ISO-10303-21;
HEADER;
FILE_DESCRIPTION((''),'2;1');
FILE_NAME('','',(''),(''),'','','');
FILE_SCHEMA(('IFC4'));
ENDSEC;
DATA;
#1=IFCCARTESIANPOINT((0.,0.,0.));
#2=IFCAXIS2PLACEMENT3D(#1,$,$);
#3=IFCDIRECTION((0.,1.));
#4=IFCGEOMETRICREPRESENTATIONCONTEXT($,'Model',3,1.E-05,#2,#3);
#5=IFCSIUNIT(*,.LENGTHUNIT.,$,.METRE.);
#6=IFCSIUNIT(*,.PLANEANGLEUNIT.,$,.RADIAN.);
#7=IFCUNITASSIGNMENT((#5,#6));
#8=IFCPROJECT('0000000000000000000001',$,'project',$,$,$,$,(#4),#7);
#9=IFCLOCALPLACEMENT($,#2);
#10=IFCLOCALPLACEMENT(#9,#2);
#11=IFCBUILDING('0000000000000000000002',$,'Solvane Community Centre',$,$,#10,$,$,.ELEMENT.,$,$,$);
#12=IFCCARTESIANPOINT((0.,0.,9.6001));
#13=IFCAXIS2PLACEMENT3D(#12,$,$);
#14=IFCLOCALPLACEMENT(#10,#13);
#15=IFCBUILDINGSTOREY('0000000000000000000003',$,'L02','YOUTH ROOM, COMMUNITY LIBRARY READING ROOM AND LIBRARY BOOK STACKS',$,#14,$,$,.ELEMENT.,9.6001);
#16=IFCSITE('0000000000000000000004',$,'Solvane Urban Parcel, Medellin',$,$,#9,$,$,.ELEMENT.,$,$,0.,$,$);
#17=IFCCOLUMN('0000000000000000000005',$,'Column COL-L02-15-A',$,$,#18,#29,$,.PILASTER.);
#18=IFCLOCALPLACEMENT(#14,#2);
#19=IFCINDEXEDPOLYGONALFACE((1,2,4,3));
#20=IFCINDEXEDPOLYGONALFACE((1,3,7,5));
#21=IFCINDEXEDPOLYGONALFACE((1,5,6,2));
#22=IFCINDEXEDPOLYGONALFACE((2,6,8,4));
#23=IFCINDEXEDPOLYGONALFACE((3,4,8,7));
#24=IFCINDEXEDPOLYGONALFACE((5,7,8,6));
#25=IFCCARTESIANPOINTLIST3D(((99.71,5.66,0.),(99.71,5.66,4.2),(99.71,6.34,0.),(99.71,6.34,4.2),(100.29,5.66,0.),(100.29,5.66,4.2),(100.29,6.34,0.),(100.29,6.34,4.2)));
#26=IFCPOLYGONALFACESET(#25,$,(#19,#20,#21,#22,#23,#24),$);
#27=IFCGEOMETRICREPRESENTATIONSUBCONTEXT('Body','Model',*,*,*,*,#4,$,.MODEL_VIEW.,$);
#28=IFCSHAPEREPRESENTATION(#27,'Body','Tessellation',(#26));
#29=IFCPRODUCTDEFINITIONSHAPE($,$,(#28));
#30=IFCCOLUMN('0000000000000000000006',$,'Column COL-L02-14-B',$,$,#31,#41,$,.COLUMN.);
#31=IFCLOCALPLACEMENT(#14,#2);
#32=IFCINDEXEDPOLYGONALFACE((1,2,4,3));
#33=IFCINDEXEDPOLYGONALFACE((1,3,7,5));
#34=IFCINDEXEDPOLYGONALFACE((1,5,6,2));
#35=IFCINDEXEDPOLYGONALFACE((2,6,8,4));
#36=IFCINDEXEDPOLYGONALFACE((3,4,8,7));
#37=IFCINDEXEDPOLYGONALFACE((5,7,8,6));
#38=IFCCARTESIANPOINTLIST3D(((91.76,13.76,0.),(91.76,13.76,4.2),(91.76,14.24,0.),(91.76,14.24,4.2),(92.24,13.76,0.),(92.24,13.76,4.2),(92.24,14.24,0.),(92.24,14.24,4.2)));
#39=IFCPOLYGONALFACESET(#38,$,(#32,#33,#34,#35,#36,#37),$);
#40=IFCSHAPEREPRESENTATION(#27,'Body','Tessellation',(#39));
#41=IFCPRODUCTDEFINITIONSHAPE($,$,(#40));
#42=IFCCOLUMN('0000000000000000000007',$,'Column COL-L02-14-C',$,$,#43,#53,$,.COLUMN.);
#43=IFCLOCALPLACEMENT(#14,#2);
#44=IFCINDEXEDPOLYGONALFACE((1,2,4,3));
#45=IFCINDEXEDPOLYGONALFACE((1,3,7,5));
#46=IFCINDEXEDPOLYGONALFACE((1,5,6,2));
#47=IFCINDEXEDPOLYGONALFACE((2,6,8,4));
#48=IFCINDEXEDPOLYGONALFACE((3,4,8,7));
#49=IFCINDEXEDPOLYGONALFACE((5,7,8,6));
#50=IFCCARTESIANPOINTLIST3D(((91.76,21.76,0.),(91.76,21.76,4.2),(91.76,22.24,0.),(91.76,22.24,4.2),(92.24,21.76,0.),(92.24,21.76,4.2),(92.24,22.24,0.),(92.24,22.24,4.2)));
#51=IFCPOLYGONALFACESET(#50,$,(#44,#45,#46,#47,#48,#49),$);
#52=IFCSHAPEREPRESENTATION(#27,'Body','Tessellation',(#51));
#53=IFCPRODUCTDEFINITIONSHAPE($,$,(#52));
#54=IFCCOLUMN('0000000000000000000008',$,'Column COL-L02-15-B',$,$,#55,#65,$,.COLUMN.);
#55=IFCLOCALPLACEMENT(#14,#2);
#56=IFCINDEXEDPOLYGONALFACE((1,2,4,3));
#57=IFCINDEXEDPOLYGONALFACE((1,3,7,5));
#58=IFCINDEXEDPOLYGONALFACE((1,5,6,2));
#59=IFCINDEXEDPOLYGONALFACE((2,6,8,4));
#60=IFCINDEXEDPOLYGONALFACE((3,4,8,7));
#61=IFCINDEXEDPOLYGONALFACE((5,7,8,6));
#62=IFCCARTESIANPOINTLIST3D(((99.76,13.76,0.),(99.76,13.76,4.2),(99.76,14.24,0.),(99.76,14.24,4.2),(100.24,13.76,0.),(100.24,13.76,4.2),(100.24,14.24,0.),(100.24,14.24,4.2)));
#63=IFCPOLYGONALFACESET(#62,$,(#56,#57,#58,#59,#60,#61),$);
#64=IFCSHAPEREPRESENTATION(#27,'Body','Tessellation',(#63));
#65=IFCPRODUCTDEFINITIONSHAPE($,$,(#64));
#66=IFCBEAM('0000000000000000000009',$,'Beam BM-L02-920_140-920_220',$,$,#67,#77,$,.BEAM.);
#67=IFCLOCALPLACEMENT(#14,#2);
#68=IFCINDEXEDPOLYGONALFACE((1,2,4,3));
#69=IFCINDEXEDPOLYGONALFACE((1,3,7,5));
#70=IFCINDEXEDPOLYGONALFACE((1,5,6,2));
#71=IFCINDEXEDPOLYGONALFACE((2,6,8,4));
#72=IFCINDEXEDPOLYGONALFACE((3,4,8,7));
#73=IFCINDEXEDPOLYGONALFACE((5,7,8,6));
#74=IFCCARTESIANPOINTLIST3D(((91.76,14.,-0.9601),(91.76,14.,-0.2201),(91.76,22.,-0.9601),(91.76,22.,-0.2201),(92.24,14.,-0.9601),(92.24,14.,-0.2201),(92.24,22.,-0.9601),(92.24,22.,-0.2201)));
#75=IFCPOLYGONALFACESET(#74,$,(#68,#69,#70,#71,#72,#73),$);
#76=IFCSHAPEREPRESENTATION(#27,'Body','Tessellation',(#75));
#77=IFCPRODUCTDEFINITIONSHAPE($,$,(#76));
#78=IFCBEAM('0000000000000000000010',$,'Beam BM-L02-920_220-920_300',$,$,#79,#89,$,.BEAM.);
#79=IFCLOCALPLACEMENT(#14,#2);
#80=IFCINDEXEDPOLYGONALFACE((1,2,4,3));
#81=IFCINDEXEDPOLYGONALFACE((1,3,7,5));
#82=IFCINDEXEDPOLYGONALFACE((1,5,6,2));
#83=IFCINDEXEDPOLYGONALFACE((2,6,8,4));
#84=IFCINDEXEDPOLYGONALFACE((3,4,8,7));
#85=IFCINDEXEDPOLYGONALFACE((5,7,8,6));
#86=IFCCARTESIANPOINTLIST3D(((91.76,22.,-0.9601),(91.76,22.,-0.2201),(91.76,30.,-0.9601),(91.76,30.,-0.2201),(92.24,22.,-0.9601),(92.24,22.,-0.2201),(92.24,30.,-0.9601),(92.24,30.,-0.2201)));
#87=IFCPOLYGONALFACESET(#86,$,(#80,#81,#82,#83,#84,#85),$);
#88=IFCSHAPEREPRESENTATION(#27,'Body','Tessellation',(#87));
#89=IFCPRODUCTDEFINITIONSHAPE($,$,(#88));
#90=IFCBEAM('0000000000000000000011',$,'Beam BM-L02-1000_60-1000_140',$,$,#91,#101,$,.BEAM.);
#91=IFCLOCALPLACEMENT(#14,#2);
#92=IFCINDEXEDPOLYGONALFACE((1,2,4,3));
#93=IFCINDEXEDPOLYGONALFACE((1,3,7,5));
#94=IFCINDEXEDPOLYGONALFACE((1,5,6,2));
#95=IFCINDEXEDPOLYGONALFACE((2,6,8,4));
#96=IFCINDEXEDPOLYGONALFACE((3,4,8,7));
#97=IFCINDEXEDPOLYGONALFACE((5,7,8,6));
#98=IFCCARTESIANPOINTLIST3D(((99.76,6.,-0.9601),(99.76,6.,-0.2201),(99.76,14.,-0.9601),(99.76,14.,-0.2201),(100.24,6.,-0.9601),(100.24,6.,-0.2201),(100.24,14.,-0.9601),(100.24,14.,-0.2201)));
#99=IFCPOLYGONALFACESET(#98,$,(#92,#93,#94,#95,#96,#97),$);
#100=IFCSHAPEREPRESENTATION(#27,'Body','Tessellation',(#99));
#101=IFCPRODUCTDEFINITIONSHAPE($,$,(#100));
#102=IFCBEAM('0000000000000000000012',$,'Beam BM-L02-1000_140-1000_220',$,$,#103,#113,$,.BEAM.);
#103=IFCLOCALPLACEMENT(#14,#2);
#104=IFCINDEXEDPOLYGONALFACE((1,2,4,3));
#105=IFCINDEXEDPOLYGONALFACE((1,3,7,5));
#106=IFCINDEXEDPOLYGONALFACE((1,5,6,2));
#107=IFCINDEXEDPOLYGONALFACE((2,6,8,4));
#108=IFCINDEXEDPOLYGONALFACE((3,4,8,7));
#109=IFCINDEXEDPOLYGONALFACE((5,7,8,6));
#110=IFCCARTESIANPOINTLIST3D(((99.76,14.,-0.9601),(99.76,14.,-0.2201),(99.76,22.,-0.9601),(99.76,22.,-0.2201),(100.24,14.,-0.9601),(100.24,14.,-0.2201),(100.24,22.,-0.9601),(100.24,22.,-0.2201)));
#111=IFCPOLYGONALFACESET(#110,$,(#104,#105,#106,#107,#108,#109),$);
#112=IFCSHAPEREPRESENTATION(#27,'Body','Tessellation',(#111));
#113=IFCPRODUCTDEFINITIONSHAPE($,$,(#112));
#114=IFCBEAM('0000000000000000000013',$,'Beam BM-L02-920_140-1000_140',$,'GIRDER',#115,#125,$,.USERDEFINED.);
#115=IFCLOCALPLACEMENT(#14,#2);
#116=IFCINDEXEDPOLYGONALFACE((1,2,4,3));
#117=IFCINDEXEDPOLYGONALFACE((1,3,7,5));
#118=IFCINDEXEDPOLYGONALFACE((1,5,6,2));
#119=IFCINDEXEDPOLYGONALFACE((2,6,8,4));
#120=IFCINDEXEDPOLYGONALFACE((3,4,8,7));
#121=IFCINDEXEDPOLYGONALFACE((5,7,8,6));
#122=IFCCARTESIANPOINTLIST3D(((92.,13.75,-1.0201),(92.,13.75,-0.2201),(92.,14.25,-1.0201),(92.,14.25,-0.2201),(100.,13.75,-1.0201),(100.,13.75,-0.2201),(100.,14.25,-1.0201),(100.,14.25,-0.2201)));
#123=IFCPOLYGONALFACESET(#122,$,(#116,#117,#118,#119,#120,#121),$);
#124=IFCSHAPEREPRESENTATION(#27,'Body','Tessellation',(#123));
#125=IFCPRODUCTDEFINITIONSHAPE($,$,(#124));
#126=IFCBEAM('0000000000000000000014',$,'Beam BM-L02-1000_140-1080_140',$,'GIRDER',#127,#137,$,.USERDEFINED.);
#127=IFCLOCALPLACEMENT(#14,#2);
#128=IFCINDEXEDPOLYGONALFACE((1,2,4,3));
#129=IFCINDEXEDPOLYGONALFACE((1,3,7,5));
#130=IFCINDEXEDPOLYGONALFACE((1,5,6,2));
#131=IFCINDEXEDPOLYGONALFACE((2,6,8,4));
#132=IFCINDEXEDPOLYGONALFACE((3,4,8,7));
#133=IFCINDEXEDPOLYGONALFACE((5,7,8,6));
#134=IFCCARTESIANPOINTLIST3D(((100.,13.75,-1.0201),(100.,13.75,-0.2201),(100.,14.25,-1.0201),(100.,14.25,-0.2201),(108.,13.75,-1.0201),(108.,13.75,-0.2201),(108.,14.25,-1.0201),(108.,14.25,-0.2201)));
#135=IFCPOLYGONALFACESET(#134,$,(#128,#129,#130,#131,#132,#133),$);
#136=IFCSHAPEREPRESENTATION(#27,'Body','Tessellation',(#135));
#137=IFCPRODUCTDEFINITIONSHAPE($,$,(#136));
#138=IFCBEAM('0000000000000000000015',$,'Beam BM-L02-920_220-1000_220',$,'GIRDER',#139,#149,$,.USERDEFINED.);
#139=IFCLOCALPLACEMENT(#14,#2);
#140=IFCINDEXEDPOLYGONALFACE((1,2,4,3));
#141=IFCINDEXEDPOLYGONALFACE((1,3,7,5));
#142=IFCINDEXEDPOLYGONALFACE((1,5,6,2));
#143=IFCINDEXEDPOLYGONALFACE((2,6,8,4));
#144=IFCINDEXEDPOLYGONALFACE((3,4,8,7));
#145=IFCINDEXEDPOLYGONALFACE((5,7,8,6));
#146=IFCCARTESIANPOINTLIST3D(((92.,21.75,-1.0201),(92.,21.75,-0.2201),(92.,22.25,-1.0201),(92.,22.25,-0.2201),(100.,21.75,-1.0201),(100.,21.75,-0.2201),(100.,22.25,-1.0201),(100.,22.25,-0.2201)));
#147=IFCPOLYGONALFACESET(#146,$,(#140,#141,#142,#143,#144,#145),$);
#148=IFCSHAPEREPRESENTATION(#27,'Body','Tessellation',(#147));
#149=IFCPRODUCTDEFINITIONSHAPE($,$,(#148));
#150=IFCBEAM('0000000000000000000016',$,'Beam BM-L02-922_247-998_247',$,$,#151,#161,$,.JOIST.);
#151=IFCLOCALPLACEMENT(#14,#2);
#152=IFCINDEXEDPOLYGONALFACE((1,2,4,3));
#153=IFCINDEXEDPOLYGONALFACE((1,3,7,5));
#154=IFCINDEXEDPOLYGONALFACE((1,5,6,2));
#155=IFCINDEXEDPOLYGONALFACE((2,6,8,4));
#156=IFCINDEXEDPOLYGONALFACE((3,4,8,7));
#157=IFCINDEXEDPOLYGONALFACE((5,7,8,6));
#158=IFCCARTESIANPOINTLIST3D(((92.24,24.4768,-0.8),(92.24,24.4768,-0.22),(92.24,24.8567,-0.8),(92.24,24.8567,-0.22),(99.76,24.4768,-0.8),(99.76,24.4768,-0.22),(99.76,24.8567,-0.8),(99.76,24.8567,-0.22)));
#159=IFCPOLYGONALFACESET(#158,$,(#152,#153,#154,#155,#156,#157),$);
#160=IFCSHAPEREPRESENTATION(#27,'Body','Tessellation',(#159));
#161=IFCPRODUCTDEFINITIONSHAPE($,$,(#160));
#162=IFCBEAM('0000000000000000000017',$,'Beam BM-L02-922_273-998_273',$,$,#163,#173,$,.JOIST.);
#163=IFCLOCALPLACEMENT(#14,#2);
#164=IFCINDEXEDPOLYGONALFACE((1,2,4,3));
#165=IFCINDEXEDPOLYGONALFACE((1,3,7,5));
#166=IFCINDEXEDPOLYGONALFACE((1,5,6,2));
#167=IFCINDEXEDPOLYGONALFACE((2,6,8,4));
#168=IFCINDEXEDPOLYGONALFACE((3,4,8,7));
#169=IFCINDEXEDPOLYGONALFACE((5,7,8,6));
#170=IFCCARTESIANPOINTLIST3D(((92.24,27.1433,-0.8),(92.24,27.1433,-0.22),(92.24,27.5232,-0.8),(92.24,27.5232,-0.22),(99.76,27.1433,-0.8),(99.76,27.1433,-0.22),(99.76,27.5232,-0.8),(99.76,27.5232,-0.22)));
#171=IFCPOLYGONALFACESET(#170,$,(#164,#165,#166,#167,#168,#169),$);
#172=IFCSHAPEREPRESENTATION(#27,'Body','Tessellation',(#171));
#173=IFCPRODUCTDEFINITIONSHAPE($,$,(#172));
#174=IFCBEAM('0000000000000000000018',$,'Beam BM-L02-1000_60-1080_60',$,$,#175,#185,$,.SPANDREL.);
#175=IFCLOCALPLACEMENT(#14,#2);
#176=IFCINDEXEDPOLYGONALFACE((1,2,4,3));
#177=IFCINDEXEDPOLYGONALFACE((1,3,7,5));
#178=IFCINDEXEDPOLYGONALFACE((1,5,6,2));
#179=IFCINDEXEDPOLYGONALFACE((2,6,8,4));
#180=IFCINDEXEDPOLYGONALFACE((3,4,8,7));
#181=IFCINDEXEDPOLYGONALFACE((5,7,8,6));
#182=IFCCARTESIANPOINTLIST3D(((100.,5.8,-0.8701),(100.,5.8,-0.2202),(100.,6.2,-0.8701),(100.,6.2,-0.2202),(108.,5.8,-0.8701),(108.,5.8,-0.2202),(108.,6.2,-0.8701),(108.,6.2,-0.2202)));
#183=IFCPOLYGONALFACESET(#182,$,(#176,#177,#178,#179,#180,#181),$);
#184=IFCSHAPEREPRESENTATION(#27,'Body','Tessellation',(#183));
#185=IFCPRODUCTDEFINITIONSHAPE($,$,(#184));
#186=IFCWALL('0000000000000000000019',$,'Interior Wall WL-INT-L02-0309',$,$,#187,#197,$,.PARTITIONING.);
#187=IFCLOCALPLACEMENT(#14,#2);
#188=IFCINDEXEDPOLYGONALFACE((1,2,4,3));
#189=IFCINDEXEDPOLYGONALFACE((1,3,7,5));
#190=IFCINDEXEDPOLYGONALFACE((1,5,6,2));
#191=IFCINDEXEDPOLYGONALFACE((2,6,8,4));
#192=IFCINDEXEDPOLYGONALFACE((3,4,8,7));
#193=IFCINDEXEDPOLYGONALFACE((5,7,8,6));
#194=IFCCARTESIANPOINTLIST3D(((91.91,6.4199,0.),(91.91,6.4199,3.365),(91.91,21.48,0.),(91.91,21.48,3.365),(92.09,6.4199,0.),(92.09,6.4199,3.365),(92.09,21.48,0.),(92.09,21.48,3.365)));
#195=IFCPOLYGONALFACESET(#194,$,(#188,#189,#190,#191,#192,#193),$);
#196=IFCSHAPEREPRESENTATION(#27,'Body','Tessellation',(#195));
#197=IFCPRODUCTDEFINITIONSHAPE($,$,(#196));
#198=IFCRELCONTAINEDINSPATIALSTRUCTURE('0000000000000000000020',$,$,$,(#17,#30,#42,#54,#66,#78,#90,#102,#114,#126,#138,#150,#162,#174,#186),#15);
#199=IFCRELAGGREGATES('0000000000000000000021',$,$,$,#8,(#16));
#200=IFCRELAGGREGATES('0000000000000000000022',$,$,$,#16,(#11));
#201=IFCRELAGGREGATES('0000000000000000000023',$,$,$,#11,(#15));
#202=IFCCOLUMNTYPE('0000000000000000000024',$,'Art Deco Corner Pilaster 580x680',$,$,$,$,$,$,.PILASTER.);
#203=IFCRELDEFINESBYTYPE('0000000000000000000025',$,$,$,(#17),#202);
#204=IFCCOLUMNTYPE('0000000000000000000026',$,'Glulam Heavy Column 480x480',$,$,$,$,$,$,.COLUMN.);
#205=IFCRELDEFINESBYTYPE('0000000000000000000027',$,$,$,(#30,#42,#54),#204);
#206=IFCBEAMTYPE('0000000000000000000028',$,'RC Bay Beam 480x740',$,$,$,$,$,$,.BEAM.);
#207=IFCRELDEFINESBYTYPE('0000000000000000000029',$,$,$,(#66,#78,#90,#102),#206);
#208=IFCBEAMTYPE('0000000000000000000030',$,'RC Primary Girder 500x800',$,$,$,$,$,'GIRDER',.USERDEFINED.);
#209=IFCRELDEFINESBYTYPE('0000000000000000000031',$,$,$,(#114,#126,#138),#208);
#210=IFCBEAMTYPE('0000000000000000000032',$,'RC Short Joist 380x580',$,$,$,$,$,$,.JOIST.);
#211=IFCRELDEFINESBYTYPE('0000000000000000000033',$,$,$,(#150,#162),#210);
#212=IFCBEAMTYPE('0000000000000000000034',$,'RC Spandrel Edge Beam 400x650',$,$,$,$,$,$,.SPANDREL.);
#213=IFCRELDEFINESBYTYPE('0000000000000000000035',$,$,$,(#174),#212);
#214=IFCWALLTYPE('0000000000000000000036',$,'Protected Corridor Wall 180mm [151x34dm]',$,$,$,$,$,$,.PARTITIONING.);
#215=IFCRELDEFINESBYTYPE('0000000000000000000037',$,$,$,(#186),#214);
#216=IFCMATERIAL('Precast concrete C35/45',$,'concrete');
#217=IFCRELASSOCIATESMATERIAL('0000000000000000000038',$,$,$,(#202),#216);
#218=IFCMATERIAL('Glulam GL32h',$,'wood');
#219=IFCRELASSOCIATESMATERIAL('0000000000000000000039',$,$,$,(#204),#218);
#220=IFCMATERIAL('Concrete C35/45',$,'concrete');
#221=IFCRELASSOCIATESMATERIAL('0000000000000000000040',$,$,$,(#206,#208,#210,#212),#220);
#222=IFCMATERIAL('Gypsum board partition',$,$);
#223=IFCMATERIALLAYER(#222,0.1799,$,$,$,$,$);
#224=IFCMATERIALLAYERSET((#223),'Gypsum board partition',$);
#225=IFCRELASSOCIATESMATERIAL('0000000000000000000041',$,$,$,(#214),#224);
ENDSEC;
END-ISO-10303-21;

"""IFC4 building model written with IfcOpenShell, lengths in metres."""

from ifc_helpers import new_model, si_unit, direction, frame, frame_2d, origin, origin_2d, place, context, subcontext, project, spatial, rectangle, extrude, material, layer, layer_set, material_profile, profile_set, type_object, element, save


model = new_model("IFC4")

# Units and contexts
model_context = context("Model", 3, precision=1e-05, world=origin(), true_north=direction((0.0, 1.0)))
body_context = subcontext(model_context, "Body", "Model", "MODEL_VIEW")
ifc_project = project(units=[si_unit("LENGTHUNIT", "METRE"), si_unit("PLANEANGLEUNIT", "RADIAN")], contexts=[model_context])

# Site, building, storey
site_placement = place(None, origin())
site = spatial("IfcSite", under=ifc_project, at=site_placement, Name="Solvane Urban Parcel, Medellin", CompositionType="ELEMENT", RefElevation=0.0)
building_placement = place(site_placement, origin())
building = spatial("IfcBuilding", under=site, at=building_placement, Name="Solvane Community Centre", CompositionType="ELEMENT")
storey_placement = place(building_placement, frame((0.0, 0.0, 9.6001)))
storey = spatial("IfcBuildingStorey", under=building, at=storey_placement, Name="L02", Description="YOUTH ROOM, COMMUNITY LIBRARY READING ROOM AND LIBRARY BOOK STACKS", CompositionType="ELEMENT", Elevation=9.6001)

# Columns
ifc_material_1 = material(Name="Precast concrete C35/45", Category="concrete")
ifc_material_profile_1 = material_profile(ifc_material_1, rectangle(XDim=0.5801, YDim=0.6799, at=origin_2d()), Name="RC 580x680")
ifc_profile_set_1 = profile_set([ifc_material_profile_1], Name="Precast concrete C35/45")
column_type_1 = type_object("IfcColumnType", Name="Art Deco Corner Pilaster 580x680", PredefinedType="PILASTER", material=ifc_profile_set_1)
column_placement = place(storey_placement, frame((100.0, 6.0, 0.0), z_axis=(0.0, 0.0, 1.0), x_axis=(1.0, 0.0, 0.0)))
element("IfcColumn", 1, at=column_placement, inside=storey, type_object=column_type_1, Name="Column COL-L02-15-A", PredefinedType="PILASTER", context=body_context, shape_type="SweptSolid", body=[
    extrude(rectangle(XDim=0.5801, YDim=0.6799, at=origin_2d()), origin(), (0.0, 0.0, 1.0), 4.2),
])
ifc_material_2 = material(Name="Glulam GL32h", Category="wood")
ifc_material_profile_2 = material_profile(ifc_material_2, rectangle(XDim=0.48, YDim=0.48, at=origin_2d()), Name="GL32h 480x480")
ifc_profile_set_2 = profile_set([ifc_material_profile_2], Name="Glulam GL32h")
column_type_2 = type_object("IfcColumnType", Name="Glulam Heavy Column 480x480", PredefinedType="COLUMN", material=ifc_profile_set_2)
for number, where, z_axis, x_axis, name in (
    (2, (92.0, 14.0, 0.0), (0.0, 0.0, 1.0), (1.0, 0.0, 0.0), "Column COL-L02-14-B"),
    (3, (92.0, 22.0, 0.0), (0.0, 0.0, 1.0), (1.0, 0.0, 0.0), "Column COL-L02-14-C"),
    (4, (100.0, 14.0, 0.0), (0.0, 0.0, 1.0), (1.0, 0.0, 0.0), "Column COL-L02-15-B"),
):
    element("IfcColumn", number, at=place(storey_placement, frame(where, z_axis=z_axis, x_axis=x_axis)), inside=storey, type_object=column_type_2, Name=name, PredefinedType="COLUMN", context=body_context, shape_type="SweptSolid", body=[
        extrude(rectangle(XDim=0.48, YDim=0.48, at=origin_2d()), origin(), (0.0, 0.0, 1.0), 4.2),
    ])

# Beams
ifc_material_3 = material(Name="Concrete C35/45", Category="concrete")
ifc_material_profile_3 = material_profile(ifc_material_3, rectangle(XDim=0.48, YDim=0.74, at=origin_2d()), Name="RC 480x740")
ifc_profile_set_3 = profile_set([ifc_material_profile_3], Name="Concrete C35/45")
beam_type_1 = type_object("IfcBeamType", Name="RC Bay Beam 480x740", PredefinedType="BEAM", material=ifc_profile_set_3)
for number, where, z_axis, x_axis, name in (
    (5, (92.0, 14.0, -0.5901), (0.0, 1.0, 0.0), (-1.0, 0.0, 0.0), "Beam BM-L02-920_140-920_220"),
    (6, (92.0, 22.0, -0.5901), (0.0, 1.0, 0.0), (-1.0, 0.0, 0.0), "Beam BM-L02-920_220-920_300"),
    (7, (100.0, 6.0, -0.5901), (0.0, 1.0, 0.0), (-1.0, 0.0, 0.0), "Beam BM-L02-1000_60-1000_140"),
    (8, (100.0, 14.0, -0.5901), (0.0, 1.0, 0.0), (-1.0, 0.0, 0.0), "Beam BM-L02-1000_140-1000_220"),
):
    element("IfcBeam", number, at=place(storey_placement, frame(where, z_axis=z_axis, x_axis=x_axis)), inside=storey, type_object=beam_type_1, Name=name, PredefinedType="BEAM", context=body_context, shape_type="SweptSolid", body=[
        extrude(rectangle(XDim=0.48, YDim=0.74, at=origin_2d()), origin(), (0.0, 0.0, 1.0), 8.0),
    ])
ifc_material_profile_4 = material_profile(ifc_material_3, rectangle(XDim=0.5, YDim=0.8, at=origin_2d()), Name="RC 500x800")
ifc_profile_set_4 = profile_set([ifc_material_profile_4], Name="Concrete C35/45")
beam_type_2 = type_object("IfcBeamType", Name="RC Primary Girder 500x800", ElementType="GIRDER", PredefinedType="USERDEFINED", material=ifc_profile_set_4)
for number, where, z_axis, x_axis, name in (
    (9, (92.0, 14.0, -0.6201), (1.0, 0.0, 0.0), (0.0, 1.0, 0.0), "Beam BM-L02-920_140-1000_140"),
    (10, (100.0, 14.0, -0.6201), (1.0, 0.0, 0.0), (0.0, 1.0, 0.0), "Beam BM-L02-1000_140-1080_140"),
    (11, (92.0, 22.0, -0.6201), (1.0, 0.0, 0.0), (0.0, 1.0, 0.0), "Beam BM-L02-920_220-1000_220"),
):
    element("IfcBeam", number, at=place(storey_placement, frame(where, z_axis=z_axis, x_axis=x_axis)), inside=storey, type_object=beam_type_2, Name=name, ObjectType="GIRDER", PredefinedType="USERDEFINED", context=body_context, shape_type="SweptSolid", body=[
        extrude(rectangle(XDim=0.5, YDim=0.8, at=origin_2d()), origin(), (0.0, 0.0, 1.0), 8.0),
    ])
ifc_material_profile_5 = material_profile(ifc_material_3, rectangle(XDim=0.3799, YDim=0.5801, at=origin_2d()), Name="RC 380x580")
ifc_profile_set_5 = profile_set([ifc_material_profile_5], Name="Concrete C35/45")
beam_type_3 = type_object("IfcBeamType", Name="RC Short Joist 380x580", PredefinedType="JOIST", material=ifc_profile_set_5)
for number, where, z_axis, x_axis, name in (
    (12, (92.24, 24.6667, -0.51), (1.0, 0.0, 0.0), (0.0, 1.0, 0.0), "Beam BM-L02-922_247-998_247"),
    (13, (92.24, 27.3333, -0.51), (1.0, 0.0, 0.0), (0.0, 1.0, 0.0), "Beam BM-L02-922_273-998_273"),
):
    element("IfcBeam", number, at=place(storey_placement, frame(where, z_axis=z_axis, x_axis=x_axis)), inside=storey, type_object=beam_type_3, Name=name, PredefinedType="JOIST", context=body_context, shape_type="SweptSolid", body=[
        extrude(rectangle(XDim=0.3799, YDim=0.5801, at=origin_2d()), origin(), (0.0, 0.0, 1.0), 7.52),
    ])
ifc_material_profile_6 = material_profile(ifc_material_3, rectangle(XDim=0.3999, YDim=0.6499, at=origin_2d()), Name="RC 400x650")
ifc_profile_set_6 = profile_set([ifc_material_profile_6], Name="Concrete C35/45")
beam_type_4 = type_object("IfcBeamType", Name="RC Spandrel Edge Beam 400x650", PredefinedType="SPANDREL", material=ifc_profile_set_6)
beam_placement = place(storey_placement, frame((100.0, 6.0, -0.5452), z_axis=(1.0, 0.0, 0.0), x_axis=(0.0, 1.0, 0.0)))
element("IfcBeam", 14, at=beam_placement, inside=storey, type_object=beam_type_4, Name="Beam BM-L02-1000_60-1080_60", PredefinedType="SPANDREL", context=body_context, shape_type="SweptSolid", body=[
    extrude(rectangle(XDim=0.3999, YDim=0.6499, at=origin_2d()), origin(), (0.0, 0.0, 1.0), 8.0),
])

# Wall
ifc_material_4 = material(Name="Gypsum board partition")
ifc_layer_1 = layer(ifc_material_4, 0.1799)
ifc_layer_set_1 = layer_set([ifc_layer_1], Name="Gypsum board partition")
wall_type_1 = type_object("IfcWallType", Name="Protected Corridor Wall 180mm [151x34dm]", PredefinedType="PARTITIONING", material=ifc_layer_set_1)
wall_1_placement = place(storey_placement, frame((92.0, 6.4199, 0.0), z_axis=(0.0, 0.0, 1.0), x_axis=(0.0, 1.0, 0.0)))
element("IfcWall", 15, at=wall_1_placement, inside=storey, type_object=wall_type_1, Name="Interior Wall WL-INT-L02-0309", PredefinedType="PARTITIONING", context=body_context, shape_type="SweptSolid", body=[
    extrude(rectangle(XDim=15.0601, YDim=0.1799, at=frame_2d((7.53, 0.0))), origin(), (0.0, 0.0, 1.0), 3.365),
])

save(model, "model.ifc")
